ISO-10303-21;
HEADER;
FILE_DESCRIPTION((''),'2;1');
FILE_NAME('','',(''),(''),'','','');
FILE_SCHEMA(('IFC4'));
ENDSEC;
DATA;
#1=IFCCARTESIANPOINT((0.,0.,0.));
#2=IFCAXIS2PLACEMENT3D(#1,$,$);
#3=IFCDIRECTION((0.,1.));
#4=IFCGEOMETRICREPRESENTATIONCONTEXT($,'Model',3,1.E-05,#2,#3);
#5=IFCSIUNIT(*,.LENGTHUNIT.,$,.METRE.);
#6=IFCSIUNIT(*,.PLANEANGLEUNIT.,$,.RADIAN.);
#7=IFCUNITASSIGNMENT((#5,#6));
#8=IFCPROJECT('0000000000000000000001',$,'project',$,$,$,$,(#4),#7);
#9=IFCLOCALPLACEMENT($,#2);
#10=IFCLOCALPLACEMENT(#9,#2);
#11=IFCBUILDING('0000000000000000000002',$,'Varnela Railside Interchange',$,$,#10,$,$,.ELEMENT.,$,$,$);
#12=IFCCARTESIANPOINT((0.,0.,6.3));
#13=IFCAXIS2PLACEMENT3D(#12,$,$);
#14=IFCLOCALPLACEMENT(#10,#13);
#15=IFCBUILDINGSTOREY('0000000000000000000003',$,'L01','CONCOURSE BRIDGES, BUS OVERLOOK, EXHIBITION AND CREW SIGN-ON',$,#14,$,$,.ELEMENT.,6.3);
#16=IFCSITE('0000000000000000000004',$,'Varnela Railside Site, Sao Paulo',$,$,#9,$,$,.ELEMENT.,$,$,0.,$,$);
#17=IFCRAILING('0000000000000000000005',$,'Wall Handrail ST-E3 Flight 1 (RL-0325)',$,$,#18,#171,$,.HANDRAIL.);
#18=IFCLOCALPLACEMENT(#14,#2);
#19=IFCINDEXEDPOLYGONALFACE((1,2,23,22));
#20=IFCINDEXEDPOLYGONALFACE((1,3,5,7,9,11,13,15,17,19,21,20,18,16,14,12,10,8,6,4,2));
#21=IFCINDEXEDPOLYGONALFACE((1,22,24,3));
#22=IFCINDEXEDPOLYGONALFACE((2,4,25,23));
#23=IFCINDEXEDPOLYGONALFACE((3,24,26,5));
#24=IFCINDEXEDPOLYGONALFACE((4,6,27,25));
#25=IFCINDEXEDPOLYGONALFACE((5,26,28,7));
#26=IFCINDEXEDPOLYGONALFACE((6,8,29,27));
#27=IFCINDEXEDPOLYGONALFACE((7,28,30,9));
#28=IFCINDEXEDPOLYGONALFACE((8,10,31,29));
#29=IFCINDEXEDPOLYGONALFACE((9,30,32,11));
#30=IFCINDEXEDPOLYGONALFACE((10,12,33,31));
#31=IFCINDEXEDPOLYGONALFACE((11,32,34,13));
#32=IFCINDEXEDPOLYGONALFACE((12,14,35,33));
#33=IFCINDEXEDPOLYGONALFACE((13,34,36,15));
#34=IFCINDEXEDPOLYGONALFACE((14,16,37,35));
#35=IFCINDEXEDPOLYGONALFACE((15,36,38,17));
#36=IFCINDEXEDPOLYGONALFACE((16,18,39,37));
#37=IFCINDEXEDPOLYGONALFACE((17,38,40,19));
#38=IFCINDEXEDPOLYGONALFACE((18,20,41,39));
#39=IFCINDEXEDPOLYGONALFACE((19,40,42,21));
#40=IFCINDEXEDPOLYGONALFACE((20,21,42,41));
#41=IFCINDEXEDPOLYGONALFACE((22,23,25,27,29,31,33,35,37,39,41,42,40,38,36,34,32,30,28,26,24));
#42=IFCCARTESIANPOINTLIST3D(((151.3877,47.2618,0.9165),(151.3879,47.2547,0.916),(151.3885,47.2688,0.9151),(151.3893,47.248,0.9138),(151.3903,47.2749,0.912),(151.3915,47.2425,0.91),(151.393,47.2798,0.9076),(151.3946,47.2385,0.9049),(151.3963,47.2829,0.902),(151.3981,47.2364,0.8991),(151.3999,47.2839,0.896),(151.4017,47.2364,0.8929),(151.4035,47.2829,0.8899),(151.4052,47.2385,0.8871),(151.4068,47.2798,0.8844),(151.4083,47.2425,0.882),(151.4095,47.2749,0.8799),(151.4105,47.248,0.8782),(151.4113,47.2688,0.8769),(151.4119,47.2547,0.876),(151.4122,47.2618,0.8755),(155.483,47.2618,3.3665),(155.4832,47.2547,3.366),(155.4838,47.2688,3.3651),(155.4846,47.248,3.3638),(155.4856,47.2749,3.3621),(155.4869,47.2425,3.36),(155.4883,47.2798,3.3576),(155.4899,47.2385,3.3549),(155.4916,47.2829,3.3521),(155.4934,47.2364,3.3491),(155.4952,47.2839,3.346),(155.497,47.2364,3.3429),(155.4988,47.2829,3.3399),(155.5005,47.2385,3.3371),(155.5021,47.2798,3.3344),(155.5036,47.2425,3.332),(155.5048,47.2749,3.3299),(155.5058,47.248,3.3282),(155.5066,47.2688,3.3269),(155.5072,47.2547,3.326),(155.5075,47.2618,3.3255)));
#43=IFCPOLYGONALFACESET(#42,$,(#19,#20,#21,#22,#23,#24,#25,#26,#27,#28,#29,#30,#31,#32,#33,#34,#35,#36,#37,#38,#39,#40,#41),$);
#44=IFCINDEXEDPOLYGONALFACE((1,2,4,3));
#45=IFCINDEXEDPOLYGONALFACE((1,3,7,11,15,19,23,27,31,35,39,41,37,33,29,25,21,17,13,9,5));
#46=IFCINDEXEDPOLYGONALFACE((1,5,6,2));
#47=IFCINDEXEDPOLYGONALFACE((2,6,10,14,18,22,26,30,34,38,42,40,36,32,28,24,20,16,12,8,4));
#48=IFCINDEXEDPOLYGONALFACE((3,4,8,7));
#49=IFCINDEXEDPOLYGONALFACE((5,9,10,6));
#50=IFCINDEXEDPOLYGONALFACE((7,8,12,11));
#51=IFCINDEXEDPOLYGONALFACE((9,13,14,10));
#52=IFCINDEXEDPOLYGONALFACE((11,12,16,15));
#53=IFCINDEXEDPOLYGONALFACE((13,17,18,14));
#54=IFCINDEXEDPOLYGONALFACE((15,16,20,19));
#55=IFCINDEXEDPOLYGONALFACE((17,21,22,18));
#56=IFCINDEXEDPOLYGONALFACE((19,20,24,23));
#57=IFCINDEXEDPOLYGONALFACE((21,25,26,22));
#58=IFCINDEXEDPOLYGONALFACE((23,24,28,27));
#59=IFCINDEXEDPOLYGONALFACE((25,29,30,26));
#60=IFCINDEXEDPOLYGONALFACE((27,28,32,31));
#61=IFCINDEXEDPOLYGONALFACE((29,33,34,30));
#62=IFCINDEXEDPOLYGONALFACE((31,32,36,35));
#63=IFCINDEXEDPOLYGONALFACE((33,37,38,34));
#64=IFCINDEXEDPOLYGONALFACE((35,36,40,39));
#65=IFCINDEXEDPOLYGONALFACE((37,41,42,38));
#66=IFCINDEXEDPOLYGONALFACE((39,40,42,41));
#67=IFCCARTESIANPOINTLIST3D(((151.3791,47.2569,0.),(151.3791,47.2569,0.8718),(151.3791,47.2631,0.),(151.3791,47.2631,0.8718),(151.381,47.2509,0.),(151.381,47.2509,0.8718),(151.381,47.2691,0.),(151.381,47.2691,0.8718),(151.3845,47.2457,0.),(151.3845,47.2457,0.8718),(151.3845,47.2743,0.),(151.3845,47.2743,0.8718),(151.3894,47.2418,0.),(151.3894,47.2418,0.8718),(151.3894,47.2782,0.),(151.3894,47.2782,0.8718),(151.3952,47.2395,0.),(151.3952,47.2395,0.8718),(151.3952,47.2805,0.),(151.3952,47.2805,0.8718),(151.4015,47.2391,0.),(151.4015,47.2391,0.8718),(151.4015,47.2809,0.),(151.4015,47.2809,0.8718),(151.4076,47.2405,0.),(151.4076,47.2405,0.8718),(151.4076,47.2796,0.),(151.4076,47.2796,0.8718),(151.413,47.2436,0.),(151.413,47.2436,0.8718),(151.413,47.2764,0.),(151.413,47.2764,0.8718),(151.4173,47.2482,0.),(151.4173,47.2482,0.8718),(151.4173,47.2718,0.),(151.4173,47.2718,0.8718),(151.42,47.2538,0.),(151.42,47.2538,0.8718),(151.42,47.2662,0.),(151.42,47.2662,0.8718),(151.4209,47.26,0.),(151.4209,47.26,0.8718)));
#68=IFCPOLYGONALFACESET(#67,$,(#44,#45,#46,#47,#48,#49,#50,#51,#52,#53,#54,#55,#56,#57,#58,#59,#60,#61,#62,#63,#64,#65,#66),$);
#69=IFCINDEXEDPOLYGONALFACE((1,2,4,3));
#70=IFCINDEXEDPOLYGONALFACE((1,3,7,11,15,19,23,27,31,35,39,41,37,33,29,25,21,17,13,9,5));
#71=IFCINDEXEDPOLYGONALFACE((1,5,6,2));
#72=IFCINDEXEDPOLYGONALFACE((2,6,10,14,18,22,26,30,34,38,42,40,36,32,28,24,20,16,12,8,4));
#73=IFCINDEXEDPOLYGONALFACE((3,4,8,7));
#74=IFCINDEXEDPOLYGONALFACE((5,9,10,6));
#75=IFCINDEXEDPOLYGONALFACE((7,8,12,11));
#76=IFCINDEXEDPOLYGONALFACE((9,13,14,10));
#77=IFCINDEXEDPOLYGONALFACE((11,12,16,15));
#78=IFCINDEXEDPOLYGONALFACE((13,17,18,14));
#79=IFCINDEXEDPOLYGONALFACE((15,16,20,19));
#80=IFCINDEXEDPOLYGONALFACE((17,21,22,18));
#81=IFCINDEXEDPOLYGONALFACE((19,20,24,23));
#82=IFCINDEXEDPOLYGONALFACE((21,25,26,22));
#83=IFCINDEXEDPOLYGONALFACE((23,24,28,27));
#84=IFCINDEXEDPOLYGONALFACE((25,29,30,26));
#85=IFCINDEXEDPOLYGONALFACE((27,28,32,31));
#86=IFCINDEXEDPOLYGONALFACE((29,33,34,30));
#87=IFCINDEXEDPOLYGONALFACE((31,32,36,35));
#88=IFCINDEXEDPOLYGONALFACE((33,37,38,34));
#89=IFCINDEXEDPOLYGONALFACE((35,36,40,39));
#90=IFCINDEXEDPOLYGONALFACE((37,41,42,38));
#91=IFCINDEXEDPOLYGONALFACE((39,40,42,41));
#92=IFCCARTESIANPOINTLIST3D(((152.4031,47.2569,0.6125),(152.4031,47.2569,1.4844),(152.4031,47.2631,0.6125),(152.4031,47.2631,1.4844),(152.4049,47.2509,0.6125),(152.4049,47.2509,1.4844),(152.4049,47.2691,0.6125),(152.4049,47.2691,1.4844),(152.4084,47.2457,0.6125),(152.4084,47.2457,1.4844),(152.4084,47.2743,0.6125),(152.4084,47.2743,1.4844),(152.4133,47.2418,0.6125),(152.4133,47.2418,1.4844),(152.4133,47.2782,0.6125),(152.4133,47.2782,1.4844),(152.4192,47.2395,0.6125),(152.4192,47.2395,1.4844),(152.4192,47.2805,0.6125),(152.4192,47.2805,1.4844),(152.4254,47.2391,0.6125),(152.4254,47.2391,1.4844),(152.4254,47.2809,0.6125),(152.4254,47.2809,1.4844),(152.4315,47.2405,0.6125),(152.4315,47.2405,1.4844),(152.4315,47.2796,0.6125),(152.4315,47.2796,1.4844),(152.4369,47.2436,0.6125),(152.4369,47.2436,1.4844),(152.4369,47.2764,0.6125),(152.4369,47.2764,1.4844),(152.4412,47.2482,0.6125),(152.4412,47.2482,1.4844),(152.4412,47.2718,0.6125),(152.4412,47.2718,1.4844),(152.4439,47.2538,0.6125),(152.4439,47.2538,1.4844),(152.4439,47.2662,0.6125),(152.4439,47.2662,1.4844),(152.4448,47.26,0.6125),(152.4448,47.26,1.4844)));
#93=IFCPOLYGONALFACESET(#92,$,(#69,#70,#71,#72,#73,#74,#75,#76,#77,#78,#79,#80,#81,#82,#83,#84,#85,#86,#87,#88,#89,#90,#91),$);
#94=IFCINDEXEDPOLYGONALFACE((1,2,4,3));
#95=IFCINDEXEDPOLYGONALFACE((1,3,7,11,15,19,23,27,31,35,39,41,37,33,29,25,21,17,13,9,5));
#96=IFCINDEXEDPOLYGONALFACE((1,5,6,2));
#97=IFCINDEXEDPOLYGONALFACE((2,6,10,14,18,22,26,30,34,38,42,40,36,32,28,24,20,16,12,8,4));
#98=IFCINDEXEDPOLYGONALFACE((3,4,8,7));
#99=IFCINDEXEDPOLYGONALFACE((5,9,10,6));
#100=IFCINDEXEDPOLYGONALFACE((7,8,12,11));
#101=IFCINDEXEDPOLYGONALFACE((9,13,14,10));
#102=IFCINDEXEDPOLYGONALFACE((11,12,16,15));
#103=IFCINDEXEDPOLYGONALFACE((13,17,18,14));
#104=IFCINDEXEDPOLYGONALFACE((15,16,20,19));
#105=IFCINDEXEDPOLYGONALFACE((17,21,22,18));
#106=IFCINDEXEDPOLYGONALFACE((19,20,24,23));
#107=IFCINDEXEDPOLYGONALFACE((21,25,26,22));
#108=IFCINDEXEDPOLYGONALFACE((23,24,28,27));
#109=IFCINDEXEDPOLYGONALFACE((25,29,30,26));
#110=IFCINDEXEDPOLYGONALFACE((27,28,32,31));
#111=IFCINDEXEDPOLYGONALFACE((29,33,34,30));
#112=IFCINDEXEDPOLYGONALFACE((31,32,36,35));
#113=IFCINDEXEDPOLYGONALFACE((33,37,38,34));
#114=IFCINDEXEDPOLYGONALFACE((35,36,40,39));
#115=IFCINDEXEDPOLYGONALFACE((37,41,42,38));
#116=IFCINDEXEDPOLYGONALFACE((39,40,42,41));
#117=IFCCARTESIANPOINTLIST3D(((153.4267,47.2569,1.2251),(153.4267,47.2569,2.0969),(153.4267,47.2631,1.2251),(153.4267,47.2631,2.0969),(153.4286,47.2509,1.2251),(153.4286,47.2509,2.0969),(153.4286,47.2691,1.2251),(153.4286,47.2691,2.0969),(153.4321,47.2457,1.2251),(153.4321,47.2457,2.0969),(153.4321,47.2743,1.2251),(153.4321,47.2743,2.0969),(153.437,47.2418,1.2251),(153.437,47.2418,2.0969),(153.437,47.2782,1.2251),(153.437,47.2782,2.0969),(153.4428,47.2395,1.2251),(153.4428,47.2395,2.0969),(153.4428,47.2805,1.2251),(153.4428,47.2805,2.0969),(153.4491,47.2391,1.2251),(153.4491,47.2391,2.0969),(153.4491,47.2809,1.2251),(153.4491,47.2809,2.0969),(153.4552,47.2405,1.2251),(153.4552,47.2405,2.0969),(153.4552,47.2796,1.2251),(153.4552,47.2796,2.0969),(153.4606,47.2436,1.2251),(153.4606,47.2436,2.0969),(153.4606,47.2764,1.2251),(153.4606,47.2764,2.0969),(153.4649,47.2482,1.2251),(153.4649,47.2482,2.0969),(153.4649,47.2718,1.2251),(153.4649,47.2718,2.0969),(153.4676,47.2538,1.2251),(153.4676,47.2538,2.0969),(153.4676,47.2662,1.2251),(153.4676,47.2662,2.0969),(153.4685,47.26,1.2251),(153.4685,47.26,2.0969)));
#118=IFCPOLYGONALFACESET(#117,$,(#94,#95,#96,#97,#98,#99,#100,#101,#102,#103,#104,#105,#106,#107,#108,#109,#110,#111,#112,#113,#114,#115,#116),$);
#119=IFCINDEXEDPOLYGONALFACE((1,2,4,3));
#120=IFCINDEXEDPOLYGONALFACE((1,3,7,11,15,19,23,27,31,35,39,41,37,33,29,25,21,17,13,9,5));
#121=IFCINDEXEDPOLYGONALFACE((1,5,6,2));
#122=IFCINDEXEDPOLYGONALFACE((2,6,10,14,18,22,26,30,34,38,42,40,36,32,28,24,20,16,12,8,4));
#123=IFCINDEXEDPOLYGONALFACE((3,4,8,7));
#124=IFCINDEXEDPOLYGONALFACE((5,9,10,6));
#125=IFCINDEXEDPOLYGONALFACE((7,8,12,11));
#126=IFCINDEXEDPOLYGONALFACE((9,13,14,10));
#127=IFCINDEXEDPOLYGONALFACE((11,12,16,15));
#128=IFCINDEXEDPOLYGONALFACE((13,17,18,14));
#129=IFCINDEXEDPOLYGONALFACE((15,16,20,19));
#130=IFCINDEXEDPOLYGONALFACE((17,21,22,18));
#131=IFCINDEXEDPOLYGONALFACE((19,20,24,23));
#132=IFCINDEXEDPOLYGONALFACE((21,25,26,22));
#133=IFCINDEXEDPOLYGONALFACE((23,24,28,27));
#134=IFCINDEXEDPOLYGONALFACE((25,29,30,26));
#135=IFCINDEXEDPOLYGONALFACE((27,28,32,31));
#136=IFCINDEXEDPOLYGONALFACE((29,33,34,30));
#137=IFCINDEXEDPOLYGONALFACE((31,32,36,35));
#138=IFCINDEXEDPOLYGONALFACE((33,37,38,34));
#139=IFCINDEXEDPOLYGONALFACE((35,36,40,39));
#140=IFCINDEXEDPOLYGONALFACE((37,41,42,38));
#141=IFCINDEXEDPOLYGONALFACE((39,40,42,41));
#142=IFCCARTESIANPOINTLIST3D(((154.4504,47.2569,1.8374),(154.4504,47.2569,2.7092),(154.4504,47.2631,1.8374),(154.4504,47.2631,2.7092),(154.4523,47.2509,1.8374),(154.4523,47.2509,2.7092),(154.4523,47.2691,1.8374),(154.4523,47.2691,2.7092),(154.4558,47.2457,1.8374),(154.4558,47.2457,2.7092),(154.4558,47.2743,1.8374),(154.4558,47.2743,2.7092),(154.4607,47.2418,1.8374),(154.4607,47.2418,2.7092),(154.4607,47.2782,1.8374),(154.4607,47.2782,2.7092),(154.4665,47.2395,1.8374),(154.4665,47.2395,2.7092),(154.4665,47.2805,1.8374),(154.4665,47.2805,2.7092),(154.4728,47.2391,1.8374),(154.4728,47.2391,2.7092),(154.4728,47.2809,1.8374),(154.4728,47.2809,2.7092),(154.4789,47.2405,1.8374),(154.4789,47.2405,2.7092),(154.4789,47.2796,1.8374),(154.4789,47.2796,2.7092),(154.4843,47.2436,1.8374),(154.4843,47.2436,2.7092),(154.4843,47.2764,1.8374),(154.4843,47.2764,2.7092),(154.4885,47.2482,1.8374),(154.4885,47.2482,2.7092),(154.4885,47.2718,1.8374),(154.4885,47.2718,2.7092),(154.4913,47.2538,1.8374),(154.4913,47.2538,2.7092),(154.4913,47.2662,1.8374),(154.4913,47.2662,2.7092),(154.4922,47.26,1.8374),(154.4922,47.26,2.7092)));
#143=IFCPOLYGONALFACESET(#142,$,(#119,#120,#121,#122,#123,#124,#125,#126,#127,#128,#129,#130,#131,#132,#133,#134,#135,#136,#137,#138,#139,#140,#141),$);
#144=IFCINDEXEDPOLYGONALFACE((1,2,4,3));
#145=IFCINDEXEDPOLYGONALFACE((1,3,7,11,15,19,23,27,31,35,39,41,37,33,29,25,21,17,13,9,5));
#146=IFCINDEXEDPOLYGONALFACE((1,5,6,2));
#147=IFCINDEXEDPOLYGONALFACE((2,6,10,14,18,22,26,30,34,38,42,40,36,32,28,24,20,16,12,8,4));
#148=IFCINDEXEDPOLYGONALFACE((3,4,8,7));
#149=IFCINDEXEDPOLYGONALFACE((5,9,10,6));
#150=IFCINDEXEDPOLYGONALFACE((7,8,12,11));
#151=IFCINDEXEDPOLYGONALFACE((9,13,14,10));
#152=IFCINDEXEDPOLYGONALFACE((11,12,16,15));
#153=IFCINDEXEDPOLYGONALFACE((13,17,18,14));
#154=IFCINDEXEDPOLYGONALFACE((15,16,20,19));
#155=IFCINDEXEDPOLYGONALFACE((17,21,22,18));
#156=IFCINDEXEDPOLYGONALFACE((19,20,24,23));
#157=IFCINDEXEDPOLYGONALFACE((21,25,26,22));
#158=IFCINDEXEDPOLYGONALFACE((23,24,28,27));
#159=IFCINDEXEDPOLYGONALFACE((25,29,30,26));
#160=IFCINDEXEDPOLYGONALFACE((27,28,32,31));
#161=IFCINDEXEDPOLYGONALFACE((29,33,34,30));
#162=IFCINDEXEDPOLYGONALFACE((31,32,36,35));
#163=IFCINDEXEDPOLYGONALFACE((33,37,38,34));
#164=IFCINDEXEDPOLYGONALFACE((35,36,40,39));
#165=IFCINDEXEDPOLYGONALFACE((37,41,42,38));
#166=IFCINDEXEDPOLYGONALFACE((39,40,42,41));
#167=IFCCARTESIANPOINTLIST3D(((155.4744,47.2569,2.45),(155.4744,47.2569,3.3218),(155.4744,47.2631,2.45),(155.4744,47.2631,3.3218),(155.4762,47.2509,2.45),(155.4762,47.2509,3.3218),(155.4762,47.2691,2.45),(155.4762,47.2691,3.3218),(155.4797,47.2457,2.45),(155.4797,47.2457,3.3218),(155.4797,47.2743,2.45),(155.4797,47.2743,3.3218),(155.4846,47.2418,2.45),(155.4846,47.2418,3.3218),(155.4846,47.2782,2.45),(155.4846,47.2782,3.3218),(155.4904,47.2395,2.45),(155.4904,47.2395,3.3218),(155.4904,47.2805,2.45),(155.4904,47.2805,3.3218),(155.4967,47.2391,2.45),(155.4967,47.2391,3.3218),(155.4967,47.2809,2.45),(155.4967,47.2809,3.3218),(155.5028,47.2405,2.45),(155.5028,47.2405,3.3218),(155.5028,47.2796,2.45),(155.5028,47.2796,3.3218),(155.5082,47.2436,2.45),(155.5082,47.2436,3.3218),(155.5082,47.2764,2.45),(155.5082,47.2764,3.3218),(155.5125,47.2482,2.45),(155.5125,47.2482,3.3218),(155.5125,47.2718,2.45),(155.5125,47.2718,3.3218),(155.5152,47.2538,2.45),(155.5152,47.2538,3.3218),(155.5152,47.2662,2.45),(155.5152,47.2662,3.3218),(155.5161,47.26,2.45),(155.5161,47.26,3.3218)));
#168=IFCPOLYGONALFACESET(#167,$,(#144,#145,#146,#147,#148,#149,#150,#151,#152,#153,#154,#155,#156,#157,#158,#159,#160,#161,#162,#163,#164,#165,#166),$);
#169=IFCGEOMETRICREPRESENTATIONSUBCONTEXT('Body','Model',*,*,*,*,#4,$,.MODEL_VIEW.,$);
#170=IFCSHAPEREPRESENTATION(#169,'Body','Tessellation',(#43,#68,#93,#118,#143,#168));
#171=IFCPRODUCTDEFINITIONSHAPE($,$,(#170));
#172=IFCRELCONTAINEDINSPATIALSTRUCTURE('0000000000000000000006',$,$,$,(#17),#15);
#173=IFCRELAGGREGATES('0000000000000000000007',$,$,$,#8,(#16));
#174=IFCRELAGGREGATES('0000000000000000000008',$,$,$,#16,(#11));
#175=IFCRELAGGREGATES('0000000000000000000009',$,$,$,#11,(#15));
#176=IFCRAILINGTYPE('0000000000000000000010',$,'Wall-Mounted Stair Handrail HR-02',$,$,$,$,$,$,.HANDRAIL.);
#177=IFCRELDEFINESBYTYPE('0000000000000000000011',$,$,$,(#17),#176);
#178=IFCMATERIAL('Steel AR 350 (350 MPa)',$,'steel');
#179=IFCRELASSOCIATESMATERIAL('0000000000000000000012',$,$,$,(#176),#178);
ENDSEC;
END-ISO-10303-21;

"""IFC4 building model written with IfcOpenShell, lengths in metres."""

from ifc_helpers import new_model, si_unit, direction, frame, origin, origin_2d, place, context, subcontext, project, spatial, circle, extrude, material, type_object, element, save


model = new_model("IFC4")

# Units and contexts
model_context = context("Model", 3, precision=1e-05, world=origin(), true_north=direction((0.0, 1.0)))
body_context = subcontext(model_context, "Body", "Model", "MODEL_VIEW")
ifc_project = project(units=[si_unit("LENGTHUNIT", "METRE"), si_unit("PLANEANGLEUNIT", "RADIAN")], contexts=[model_context])

# Site, building, storey
site_placement = place(None, origin())
site = spatial("IfcSite", under=ifc_project, at=site_placement, Name="Varnela Railside Site, Sao Paulo", CompositionType="ELEMENT", RefElevation=0.0)
building_placement = place(site_placement, origin())
building = spatial("IfcBuilding", under=site, at=building_placement, Name="Varnela Railside Interchange", CompositionType="ELEMENT")
storey_placement = place(building_placement, frame((0.0, 0.0, 6.3)))
storey = spatial("IfcBuildingStorey", under=building, at=storey_placement, Name="L01", Description="CONCOURSE BRIDGES, BUS OVERLOOK, EXHIBITION AND CREW SIGN-ON", CompositionType="ELEMENT", Elevation=6.3)

# Shared definitions
ifc_material_1 = material(Name="Steel AR 350 (350 MPa)", Category="steel")

# Railing
railing_type_1 = type_object("IfcRailingType", Name="Wall-Mounted Stair Handrail HR-02", PredefinedType="HANDRAIL", material=ifc_material_1)
railing_1_placement = place(storey_placement, frame((151.3999, 47.26, 0.0)))
element("IfcRailing", 1, at=railing_1_placement, inside=storey, type_object=railing_type_1, Name="Wall Handrail ST-E3 Flight 1 (RL-0325)", PredefinedType="HANDRAIL", context=body_context, shape_type="SweptSolid", body=[
    extrude(circle(Radius=0.0239, at=origin_2d()), frame((0.0, 0.0, 0.896), z_axis=(0.858156, 0.0, 0.513389), x_axis=(0.0, 1.0, 0.0)), (0.0, 0.0, 1.0), 4.7722),
    extrude(circle(Radius=0.021, at=origin_2d()), origin(), (0.0, 0.0, 1.0), 0.8718),
    extrude(circle(Radius=0.021, at=origin_2d()), frame((1.0239, 0.0, 0.6125)), (0.0, 0.0, 1.0), 0.8718),
    extrude(circle(Radius=0.021, at=origin_2d()), frame((2.0476, 0.0, 1.2251)), (0.0, 0.0, 1.0), 0.8718),
    extrude(circle(Radius=0.021, at=origin_2d()), frame((3.0713, 0.0, 1.8374)), (0.0, 0.0, 1.0), 0.8718),
    extrude(circle(Radius=0.021, at=origin_2d()), frame((4.0952, 0.0, 2.45)), (0.0, 0.0, 1.0), 0.8718),
])

save(model, "model.ifc")
